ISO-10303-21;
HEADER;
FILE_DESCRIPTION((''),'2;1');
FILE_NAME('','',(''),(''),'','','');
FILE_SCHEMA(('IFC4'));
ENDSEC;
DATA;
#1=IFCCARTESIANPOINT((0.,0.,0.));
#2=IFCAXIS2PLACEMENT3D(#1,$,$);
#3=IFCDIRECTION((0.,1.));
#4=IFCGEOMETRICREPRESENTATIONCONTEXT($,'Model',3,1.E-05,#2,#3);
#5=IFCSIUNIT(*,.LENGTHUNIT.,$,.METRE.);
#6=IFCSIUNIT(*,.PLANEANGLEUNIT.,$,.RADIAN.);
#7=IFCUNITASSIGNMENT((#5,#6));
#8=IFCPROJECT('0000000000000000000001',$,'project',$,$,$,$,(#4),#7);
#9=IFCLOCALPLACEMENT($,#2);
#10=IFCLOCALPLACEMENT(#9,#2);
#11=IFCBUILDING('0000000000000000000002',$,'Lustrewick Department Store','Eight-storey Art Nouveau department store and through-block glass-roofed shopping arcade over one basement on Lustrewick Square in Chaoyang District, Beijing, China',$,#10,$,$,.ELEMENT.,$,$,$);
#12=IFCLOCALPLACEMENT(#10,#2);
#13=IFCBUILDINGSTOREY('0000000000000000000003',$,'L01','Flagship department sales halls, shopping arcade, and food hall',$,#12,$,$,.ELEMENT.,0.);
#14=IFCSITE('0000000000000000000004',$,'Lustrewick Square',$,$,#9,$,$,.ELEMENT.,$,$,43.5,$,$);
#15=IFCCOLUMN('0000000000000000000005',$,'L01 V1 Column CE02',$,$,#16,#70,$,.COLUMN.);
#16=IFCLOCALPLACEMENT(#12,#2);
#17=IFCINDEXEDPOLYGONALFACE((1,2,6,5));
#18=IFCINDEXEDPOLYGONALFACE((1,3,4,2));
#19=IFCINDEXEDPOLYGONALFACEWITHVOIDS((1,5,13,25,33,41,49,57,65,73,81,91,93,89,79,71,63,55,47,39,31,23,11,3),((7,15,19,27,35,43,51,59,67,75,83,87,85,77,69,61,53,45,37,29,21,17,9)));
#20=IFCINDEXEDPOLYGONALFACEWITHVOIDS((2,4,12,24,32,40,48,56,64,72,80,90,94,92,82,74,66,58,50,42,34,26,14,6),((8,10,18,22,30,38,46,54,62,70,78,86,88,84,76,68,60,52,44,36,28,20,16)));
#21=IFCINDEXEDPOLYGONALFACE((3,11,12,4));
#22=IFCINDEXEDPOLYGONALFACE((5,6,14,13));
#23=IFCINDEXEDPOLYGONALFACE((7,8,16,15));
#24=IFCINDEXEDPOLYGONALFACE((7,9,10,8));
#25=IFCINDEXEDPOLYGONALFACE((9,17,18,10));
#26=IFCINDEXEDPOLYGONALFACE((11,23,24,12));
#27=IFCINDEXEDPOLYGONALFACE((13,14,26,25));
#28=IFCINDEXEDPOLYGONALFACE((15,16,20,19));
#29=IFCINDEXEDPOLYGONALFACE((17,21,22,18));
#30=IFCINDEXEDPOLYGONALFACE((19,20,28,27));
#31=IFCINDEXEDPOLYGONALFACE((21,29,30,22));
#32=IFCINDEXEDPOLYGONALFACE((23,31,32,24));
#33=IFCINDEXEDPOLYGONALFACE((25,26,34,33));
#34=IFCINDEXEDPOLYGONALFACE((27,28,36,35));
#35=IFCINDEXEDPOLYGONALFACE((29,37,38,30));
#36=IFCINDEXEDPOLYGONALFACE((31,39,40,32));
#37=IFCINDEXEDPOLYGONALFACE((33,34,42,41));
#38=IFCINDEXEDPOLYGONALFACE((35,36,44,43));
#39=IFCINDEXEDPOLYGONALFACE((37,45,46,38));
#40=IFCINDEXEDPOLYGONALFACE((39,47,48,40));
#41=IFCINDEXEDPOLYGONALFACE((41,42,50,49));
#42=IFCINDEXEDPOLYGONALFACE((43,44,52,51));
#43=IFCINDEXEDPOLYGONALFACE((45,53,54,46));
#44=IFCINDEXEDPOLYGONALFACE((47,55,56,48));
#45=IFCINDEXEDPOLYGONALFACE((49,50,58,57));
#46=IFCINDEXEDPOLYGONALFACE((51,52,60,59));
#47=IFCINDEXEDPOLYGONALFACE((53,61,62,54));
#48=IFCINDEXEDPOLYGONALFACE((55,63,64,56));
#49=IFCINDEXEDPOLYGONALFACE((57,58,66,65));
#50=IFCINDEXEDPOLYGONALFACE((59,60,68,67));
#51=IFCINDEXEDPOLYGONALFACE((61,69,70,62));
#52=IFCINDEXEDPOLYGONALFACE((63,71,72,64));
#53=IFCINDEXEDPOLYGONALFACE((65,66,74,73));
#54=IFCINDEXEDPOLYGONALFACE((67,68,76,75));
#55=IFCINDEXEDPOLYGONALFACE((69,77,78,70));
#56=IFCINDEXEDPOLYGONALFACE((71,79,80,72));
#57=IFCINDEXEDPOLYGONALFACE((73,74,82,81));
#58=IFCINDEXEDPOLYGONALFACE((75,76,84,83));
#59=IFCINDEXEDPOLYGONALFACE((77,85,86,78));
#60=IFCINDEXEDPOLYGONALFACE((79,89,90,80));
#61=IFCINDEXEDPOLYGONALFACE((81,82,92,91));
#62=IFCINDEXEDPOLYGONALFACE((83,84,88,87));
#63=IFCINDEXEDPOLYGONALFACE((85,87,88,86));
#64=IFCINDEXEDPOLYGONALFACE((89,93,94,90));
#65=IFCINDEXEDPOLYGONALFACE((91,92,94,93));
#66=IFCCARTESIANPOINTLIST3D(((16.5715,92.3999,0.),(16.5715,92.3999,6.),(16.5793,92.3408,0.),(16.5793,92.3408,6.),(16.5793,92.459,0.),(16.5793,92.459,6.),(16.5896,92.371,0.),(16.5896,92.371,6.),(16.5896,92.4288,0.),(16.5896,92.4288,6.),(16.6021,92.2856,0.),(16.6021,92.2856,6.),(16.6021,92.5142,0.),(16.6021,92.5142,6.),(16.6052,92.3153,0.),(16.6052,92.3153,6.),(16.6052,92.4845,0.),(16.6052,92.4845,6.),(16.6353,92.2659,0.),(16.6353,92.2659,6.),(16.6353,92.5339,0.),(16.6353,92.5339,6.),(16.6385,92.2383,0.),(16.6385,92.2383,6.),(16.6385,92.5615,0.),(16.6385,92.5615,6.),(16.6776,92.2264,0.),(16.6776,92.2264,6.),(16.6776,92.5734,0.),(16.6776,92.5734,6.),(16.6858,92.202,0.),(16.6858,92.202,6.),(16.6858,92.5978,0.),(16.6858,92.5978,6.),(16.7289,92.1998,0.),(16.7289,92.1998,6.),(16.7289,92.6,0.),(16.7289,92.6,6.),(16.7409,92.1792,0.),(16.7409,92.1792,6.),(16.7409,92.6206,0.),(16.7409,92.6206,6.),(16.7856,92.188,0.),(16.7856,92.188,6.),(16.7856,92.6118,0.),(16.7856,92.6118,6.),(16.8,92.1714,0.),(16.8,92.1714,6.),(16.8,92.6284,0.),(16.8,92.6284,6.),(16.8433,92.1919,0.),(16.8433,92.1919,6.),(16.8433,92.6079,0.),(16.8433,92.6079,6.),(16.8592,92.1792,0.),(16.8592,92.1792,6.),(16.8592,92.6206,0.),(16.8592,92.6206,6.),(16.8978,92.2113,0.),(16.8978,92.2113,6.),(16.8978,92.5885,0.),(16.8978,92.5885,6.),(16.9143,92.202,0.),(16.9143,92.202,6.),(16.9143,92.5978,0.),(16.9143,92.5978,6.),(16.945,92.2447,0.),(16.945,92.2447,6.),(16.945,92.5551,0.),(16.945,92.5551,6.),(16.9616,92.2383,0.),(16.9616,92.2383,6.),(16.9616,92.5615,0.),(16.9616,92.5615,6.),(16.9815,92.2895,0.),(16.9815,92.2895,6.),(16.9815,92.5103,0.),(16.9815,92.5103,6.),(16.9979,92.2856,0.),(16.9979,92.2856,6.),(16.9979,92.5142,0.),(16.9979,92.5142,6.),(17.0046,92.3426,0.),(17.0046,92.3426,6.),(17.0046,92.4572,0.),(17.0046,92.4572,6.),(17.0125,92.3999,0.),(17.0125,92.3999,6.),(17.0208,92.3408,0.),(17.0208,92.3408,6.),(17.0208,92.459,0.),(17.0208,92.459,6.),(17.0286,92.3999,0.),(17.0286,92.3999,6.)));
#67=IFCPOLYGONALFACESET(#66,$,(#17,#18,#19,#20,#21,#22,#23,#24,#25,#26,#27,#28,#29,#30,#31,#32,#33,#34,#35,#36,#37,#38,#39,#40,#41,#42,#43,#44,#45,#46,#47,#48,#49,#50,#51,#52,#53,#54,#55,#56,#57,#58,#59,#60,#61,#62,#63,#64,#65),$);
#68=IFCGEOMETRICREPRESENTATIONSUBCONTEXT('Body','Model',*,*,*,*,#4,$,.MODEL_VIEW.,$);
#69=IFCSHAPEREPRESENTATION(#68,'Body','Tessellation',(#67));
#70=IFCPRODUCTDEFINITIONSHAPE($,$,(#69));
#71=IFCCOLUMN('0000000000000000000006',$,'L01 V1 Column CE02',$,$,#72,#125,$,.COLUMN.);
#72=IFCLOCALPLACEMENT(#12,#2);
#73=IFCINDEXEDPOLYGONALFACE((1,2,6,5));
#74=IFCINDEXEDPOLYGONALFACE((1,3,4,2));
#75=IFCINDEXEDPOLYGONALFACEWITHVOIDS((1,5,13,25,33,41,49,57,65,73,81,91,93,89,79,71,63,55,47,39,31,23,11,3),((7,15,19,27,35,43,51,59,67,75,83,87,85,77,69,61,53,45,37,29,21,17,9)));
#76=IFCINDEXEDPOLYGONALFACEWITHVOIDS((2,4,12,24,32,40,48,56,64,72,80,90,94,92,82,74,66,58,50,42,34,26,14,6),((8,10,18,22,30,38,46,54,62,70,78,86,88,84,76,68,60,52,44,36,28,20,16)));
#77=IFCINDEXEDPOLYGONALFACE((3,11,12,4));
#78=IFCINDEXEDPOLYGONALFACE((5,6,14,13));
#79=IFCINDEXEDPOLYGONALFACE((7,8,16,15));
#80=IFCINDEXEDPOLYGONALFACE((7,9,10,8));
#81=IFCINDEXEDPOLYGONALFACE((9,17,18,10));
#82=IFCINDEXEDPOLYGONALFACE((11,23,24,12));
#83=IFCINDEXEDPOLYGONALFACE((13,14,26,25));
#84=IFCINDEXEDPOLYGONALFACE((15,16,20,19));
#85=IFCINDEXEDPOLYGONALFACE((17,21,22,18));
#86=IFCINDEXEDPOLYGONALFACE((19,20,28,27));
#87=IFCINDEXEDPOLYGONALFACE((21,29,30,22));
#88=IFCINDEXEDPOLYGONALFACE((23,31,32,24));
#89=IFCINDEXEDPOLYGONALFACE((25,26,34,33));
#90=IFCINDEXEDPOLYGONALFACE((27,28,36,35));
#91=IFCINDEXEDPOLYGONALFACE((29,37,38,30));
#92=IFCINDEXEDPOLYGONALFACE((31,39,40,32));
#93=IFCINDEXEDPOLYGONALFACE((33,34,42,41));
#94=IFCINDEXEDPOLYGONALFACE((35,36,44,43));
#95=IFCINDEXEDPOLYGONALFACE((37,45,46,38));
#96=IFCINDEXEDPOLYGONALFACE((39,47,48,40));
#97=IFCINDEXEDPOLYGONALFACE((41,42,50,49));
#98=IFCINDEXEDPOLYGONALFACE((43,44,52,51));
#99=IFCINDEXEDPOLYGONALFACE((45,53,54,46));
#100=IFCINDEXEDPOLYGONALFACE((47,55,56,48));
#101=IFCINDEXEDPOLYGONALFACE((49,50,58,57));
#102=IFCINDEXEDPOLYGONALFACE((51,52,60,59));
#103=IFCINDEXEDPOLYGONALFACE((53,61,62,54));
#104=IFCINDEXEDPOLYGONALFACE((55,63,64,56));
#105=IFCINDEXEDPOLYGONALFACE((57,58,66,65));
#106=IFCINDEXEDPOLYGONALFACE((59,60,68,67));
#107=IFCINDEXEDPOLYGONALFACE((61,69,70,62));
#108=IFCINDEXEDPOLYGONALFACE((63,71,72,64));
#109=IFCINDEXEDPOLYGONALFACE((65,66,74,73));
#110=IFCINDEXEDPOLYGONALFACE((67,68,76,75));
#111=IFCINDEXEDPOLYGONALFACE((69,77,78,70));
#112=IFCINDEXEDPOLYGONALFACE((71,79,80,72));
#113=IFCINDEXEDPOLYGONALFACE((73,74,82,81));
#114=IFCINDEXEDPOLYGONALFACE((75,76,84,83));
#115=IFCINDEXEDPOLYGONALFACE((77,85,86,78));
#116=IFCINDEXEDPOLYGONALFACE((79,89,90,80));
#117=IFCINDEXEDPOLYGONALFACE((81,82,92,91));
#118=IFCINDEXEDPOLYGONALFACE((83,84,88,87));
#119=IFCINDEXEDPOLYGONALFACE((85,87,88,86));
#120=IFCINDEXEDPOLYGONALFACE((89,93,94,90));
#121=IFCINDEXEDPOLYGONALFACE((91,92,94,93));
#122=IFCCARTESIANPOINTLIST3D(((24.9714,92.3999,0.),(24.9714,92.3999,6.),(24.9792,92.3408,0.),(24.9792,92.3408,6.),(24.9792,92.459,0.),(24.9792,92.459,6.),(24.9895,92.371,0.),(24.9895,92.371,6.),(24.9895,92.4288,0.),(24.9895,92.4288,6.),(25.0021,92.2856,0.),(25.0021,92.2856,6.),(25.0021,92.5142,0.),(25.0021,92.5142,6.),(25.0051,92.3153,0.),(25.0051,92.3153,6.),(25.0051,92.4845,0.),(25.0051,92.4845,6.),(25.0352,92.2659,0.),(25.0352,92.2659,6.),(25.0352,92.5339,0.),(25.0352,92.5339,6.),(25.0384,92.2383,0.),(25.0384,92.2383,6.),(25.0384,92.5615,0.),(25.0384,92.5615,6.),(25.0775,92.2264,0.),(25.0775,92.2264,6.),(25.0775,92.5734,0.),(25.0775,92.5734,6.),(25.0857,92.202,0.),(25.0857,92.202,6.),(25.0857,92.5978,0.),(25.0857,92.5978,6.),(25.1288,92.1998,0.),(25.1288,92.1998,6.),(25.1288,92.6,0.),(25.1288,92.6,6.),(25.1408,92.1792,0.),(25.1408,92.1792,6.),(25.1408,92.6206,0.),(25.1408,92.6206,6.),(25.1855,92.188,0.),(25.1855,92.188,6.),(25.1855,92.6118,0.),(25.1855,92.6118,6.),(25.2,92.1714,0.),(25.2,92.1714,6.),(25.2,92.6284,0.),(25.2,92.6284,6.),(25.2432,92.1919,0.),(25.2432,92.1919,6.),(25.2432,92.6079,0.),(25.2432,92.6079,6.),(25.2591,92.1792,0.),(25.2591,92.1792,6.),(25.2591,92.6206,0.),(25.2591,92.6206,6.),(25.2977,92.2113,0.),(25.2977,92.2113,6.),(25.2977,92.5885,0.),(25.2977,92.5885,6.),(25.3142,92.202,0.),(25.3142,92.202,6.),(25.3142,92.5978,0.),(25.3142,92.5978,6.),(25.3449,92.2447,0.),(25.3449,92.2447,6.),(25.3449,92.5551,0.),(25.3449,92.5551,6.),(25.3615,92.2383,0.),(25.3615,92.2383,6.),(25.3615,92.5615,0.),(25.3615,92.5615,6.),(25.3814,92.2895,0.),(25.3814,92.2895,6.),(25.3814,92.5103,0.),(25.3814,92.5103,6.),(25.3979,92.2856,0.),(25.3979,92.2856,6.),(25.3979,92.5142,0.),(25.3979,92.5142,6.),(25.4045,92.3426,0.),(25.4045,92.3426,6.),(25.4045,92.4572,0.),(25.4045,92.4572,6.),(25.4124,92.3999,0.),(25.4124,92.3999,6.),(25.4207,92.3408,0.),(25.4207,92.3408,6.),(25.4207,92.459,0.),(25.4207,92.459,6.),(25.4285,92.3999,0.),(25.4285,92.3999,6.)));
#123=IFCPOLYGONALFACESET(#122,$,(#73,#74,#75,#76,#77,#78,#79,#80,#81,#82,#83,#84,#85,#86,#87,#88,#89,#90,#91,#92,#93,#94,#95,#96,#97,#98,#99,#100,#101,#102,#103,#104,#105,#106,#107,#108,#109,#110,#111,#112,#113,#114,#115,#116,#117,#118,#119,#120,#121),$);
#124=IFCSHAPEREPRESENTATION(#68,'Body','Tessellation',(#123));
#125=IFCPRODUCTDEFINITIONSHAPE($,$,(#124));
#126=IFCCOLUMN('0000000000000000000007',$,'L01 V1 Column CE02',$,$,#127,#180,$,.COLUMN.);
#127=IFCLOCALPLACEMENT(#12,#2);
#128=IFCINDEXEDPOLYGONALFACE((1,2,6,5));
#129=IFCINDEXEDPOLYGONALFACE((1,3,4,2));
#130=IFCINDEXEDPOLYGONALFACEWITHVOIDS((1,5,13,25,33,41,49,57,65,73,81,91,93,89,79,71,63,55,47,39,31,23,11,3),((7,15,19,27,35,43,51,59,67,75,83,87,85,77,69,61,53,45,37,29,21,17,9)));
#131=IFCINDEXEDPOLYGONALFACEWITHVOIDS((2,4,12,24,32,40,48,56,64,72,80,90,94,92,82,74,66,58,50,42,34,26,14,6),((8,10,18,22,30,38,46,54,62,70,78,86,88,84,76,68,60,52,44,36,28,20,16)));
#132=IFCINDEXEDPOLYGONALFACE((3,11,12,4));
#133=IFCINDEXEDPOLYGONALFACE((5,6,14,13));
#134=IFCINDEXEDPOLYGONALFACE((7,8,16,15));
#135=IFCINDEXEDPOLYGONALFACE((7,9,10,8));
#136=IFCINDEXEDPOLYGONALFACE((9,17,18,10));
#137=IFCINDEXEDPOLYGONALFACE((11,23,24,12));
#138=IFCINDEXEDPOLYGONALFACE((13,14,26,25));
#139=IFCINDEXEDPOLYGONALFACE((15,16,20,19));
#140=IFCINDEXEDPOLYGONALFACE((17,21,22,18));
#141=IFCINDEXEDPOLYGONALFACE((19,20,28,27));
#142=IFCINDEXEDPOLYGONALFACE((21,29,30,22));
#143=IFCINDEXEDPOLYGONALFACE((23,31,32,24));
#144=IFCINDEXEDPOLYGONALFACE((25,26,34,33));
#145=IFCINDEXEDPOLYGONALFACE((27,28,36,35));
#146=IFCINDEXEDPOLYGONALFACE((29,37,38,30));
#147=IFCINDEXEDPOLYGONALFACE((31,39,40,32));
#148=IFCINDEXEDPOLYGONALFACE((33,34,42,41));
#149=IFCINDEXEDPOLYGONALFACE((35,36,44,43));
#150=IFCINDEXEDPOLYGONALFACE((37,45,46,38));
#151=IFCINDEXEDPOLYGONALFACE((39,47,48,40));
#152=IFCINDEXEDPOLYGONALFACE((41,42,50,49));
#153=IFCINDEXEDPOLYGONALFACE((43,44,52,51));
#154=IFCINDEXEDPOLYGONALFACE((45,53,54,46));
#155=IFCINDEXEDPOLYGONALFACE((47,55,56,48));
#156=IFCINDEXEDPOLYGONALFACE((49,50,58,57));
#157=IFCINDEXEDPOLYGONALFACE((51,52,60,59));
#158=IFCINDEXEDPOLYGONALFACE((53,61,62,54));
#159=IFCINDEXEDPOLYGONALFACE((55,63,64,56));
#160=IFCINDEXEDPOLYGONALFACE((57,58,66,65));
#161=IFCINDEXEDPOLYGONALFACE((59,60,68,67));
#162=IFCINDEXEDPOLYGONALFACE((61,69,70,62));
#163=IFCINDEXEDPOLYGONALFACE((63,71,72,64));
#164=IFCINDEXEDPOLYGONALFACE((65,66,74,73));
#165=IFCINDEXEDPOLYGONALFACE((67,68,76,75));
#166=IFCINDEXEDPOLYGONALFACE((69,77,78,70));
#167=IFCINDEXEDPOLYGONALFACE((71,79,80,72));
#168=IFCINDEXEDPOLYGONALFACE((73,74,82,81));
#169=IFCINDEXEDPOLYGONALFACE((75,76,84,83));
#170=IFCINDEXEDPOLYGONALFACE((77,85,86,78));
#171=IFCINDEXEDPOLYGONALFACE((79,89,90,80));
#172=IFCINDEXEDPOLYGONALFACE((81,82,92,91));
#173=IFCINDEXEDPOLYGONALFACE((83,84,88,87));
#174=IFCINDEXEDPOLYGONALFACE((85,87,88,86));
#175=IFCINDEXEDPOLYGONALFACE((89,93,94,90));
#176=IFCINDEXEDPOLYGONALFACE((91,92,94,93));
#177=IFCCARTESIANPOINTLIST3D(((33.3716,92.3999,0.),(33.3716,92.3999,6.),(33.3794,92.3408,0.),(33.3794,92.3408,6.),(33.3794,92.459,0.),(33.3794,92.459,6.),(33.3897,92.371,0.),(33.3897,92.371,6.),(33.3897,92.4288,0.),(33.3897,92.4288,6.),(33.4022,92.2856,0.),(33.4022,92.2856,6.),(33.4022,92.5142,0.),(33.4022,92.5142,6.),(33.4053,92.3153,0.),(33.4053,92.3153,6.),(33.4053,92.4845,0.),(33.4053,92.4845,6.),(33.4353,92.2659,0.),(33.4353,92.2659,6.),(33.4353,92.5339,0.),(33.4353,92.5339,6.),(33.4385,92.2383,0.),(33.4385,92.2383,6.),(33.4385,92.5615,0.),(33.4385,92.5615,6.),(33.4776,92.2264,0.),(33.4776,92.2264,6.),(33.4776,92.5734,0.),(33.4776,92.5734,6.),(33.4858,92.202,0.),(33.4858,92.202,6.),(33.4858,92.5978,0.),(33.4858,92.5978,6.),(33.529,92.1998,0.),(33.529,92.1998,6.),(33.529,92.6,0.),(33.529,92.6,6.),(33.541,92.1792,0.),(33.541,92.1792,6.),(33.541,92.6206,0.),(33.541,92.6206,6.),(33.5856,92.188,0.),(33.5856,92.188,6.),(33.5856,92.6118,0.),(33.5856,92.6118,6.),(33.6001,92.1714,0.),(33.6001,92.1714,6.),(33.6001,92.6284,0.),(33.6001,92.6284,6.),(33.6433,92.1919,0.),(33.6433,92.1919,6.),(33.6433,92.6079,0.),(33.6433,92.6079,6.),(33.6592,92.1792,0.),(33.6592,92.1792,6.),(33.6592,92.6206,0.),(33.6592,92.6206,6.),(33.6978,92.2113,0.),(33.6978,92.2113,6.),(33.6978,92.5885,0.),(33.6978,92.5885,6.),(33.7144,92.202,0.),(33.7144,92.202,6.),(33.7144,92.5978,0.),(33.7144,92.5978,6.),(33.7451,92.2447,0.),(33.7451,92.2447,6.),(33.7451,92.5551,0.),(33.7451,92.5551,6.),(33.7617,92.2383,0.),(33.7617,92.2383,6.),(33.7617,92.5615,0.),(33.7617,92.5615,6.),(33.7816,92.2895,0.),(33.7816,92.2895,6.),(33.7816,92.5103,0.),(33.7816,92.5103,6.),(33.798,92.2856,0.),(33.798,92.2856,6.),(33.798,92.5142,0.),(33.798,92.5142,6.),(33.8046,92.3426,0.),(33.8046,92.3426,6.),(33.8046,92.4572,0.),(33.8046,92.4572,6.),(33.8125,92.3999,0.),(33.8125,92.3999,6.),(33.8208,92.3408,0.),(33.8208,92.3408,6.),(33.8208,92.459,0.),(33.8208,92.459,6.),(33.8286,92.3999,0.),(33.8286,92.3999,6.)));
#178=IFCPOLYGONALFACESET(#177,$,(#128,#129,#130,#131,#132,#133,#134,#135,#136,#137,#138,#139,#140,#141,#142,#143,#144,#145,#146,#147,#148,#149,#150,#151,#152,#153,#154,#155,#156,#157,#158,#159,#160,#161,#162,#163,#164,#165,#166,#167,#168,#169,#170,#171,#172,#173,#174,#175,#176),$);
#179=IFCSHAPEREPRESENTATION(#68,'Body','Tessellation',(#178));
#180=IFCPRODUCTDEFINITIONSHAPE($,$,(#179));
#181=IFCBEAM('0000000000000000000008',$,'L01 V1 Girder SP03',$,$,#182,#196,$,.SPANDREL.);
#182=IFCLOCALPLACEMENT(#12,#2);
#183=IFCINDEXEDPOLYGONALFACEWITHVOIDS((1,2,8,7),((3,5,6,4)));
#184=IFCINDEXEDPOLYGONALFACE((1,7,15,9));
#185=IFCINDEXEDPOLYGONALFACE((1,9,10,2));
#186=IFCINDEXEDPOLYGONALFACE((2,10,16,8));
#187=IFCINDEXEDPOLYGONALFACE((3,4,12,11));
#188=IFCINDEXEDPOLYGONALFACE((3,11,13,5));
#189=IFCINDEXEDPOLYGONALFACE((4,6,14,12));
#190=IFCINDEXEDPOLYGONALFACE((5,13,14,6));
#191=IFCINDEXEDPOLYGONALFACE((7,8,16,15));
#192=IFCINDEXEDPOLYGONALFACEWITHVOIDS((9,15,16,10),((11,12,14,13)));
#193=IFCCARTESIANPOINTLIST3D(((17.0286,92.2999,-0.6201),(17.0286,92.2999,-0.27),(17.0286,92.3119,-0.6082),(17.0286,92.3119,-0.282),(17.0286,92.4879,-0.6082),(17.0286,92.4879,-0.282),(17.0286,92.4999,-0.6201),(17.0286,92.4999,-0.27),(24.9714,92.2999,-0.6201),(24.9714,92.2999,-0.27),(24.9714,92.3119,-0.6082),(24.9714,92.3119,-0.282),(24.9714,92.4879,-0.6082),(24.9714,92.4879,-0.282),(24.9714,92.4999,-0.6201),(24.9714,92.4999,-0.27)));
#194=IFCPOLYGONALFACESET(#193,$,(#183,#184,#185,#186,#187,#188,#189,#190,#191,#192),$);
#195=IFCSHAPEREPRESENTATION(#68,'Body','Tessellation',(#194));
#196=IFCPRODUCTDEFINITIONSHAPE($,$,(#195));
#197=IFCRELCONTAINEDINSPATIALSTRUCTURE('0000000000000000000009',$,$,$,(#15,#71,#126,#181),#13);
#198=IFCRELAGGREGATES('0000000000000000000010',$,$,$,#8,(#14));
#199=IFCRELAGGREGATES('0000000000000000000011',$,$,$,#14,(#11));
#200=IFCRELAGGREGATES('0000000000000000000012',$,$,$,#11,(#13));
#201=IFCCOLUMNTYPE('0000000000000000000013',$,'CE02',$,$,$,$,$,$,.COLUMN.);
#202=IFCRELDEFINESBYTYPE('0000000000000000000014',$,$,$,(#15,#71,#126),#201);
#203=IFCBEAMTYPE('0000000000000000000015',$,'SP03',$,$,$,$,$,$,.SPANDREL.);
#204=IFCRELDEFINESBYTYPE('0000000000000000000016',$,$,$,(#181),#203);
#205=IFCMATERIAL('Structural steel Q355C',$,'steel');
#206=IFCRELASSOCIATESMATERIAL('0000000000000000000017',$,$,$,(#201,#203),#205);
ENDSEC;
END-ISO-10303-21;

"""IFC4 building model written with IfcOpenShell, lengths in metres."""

from ifc_helpers import new_model, si_unit, direction, frame, origin, origin_2d, place, context, subcontext, project, spatial, hollow_rectangle, hollow_circle, extrude, material, material_profile, profile_set, type_object, element, save


model = new_model("IFC4")

# Units and contexts
model_context = context("Model", 3, precision=1e-05, world=origin(), true_north=direction((0.0, 1.0)))
body_context = subcontext(model_context, "Body", "Model", "MODEL_VIEW")
ifc_project = project(units=[si_unit("LENGTHUNIT", "METRE"), si_unit("PLANEANGLEUNIT", "RADIAN")], contexts=[model_context])

# Site, building, storey
site_placement = place(None, origin())
site = spatial("IfcSite", under=ifc_project, at=site_placement, Name="Lustrewick Square", CompositionType="ELEMENT", RefElevation=43.5)
building_placement = place(site_placement, origin())
building = spatial("IfcBuilding", under=site, at=building_placement, Name="Lustrewick Department Store", Description="Eight-storey Art Nouveau department store and through-block glass-roofed shopping arcade over one basement on Lustrewick Square in Chaoyang District, Beijing, China", CompositionType="ELEMENT")
storey_placement = place(building_placement, origin())
storey = spatial("IfcBuildingStorey", under=building, at=storey_placement, Name="L01", Description="Flagship department sales halls, shopping arcade, and food hall", CompositionType="ELEMENT", Elevation=0.0)

# Columns
ifc_material_1 = material(Name="Structural steel Q355C", Category="steel")
ifc_material_profile_1 = material_profile(ifc_material_1, hollow_circle(Radius=0.2285, WallThickness=0.0161, at=origin_2d()), Name="CHS 457x16")
ifc_profile_set_1 = profile_set([ifc_material_profile_1], Name="Structural steel Q355C")
column_type = type_object("IfcColumnType", Name="CE02", PredefinedType="COLUMN", material=ifc_profile_set_1)
for number, where, z_axis, x_axis, name in (
    (1, (16.8, 92.3999, 0.0), (0.0, 0.0, 1.0), (1.0, 0.0, 0.0), "L01 V1 Column CE02"),
    (2, (25.2, 92.3999, 0.0), (0.0, 0.0, 1.0), (1.0, 0.0, 0.0), "L01 V1 Column CE02"),
    (3, (33.6001, 92.3999, 0.0), (0.0, 0.0, 1.0), (1.0, 0.0, 0.0), "L01 V1 Column CE02"),
):
    element("IfcColumn", number, at=place(storey_placement, frame(where, z_axis=z_axis, x_axis=x_axis)), inside=storey, type_object=column_type, Name=name, PredefinedType="COLUMN", context=body_context, shape_type="SweptSolid", body=[
        extrude(hollow_circle(Radius=0.2285, WallThickness=0.0161, at=origin_2d()), origin(), (0.0, 0.0, 1.0), 6.0),
    ])

# Beam
ifc_material_profile_2 = material_profile(ifc_material_1, hollow_rectangle(XDim=0.2, YDim=0.3501, WallThickness=0.012, at=origin_2d()), Name="RHS 350x200x12")
ifc_profile_set_2 = profile_set([ifc_material_profile_2], Name="Structural steel Q355C")
beam_type = type_object("IfcBeamType", Name="SP03", PredefinedType="SPANDREL", material=ifc_profile_set_2)
beam_1_placement = place(storey_placement, frame((17.0286, 92.3999, -0.4451), z_axis=(1.0, 0.0, 0.0), x_axis=(0.0, 1.0, 0.0)))
element("IfcBeam", 4, at=beam_1_placement, inside=storey, type_object=beam_type, Name="L01 V1 Girder SP03", PredefinedType="SPANDREL", context=body_context, shape_type="SweptSolid", body=[
    extrude(hollow_rectangle(XDim=0.2, YDim=0.3501, WallThickness=0.012, at=origin_2d()), origin(), (0.0, 0.0, 1.0), 7.9429),
])

save(model, "model.ifc")
